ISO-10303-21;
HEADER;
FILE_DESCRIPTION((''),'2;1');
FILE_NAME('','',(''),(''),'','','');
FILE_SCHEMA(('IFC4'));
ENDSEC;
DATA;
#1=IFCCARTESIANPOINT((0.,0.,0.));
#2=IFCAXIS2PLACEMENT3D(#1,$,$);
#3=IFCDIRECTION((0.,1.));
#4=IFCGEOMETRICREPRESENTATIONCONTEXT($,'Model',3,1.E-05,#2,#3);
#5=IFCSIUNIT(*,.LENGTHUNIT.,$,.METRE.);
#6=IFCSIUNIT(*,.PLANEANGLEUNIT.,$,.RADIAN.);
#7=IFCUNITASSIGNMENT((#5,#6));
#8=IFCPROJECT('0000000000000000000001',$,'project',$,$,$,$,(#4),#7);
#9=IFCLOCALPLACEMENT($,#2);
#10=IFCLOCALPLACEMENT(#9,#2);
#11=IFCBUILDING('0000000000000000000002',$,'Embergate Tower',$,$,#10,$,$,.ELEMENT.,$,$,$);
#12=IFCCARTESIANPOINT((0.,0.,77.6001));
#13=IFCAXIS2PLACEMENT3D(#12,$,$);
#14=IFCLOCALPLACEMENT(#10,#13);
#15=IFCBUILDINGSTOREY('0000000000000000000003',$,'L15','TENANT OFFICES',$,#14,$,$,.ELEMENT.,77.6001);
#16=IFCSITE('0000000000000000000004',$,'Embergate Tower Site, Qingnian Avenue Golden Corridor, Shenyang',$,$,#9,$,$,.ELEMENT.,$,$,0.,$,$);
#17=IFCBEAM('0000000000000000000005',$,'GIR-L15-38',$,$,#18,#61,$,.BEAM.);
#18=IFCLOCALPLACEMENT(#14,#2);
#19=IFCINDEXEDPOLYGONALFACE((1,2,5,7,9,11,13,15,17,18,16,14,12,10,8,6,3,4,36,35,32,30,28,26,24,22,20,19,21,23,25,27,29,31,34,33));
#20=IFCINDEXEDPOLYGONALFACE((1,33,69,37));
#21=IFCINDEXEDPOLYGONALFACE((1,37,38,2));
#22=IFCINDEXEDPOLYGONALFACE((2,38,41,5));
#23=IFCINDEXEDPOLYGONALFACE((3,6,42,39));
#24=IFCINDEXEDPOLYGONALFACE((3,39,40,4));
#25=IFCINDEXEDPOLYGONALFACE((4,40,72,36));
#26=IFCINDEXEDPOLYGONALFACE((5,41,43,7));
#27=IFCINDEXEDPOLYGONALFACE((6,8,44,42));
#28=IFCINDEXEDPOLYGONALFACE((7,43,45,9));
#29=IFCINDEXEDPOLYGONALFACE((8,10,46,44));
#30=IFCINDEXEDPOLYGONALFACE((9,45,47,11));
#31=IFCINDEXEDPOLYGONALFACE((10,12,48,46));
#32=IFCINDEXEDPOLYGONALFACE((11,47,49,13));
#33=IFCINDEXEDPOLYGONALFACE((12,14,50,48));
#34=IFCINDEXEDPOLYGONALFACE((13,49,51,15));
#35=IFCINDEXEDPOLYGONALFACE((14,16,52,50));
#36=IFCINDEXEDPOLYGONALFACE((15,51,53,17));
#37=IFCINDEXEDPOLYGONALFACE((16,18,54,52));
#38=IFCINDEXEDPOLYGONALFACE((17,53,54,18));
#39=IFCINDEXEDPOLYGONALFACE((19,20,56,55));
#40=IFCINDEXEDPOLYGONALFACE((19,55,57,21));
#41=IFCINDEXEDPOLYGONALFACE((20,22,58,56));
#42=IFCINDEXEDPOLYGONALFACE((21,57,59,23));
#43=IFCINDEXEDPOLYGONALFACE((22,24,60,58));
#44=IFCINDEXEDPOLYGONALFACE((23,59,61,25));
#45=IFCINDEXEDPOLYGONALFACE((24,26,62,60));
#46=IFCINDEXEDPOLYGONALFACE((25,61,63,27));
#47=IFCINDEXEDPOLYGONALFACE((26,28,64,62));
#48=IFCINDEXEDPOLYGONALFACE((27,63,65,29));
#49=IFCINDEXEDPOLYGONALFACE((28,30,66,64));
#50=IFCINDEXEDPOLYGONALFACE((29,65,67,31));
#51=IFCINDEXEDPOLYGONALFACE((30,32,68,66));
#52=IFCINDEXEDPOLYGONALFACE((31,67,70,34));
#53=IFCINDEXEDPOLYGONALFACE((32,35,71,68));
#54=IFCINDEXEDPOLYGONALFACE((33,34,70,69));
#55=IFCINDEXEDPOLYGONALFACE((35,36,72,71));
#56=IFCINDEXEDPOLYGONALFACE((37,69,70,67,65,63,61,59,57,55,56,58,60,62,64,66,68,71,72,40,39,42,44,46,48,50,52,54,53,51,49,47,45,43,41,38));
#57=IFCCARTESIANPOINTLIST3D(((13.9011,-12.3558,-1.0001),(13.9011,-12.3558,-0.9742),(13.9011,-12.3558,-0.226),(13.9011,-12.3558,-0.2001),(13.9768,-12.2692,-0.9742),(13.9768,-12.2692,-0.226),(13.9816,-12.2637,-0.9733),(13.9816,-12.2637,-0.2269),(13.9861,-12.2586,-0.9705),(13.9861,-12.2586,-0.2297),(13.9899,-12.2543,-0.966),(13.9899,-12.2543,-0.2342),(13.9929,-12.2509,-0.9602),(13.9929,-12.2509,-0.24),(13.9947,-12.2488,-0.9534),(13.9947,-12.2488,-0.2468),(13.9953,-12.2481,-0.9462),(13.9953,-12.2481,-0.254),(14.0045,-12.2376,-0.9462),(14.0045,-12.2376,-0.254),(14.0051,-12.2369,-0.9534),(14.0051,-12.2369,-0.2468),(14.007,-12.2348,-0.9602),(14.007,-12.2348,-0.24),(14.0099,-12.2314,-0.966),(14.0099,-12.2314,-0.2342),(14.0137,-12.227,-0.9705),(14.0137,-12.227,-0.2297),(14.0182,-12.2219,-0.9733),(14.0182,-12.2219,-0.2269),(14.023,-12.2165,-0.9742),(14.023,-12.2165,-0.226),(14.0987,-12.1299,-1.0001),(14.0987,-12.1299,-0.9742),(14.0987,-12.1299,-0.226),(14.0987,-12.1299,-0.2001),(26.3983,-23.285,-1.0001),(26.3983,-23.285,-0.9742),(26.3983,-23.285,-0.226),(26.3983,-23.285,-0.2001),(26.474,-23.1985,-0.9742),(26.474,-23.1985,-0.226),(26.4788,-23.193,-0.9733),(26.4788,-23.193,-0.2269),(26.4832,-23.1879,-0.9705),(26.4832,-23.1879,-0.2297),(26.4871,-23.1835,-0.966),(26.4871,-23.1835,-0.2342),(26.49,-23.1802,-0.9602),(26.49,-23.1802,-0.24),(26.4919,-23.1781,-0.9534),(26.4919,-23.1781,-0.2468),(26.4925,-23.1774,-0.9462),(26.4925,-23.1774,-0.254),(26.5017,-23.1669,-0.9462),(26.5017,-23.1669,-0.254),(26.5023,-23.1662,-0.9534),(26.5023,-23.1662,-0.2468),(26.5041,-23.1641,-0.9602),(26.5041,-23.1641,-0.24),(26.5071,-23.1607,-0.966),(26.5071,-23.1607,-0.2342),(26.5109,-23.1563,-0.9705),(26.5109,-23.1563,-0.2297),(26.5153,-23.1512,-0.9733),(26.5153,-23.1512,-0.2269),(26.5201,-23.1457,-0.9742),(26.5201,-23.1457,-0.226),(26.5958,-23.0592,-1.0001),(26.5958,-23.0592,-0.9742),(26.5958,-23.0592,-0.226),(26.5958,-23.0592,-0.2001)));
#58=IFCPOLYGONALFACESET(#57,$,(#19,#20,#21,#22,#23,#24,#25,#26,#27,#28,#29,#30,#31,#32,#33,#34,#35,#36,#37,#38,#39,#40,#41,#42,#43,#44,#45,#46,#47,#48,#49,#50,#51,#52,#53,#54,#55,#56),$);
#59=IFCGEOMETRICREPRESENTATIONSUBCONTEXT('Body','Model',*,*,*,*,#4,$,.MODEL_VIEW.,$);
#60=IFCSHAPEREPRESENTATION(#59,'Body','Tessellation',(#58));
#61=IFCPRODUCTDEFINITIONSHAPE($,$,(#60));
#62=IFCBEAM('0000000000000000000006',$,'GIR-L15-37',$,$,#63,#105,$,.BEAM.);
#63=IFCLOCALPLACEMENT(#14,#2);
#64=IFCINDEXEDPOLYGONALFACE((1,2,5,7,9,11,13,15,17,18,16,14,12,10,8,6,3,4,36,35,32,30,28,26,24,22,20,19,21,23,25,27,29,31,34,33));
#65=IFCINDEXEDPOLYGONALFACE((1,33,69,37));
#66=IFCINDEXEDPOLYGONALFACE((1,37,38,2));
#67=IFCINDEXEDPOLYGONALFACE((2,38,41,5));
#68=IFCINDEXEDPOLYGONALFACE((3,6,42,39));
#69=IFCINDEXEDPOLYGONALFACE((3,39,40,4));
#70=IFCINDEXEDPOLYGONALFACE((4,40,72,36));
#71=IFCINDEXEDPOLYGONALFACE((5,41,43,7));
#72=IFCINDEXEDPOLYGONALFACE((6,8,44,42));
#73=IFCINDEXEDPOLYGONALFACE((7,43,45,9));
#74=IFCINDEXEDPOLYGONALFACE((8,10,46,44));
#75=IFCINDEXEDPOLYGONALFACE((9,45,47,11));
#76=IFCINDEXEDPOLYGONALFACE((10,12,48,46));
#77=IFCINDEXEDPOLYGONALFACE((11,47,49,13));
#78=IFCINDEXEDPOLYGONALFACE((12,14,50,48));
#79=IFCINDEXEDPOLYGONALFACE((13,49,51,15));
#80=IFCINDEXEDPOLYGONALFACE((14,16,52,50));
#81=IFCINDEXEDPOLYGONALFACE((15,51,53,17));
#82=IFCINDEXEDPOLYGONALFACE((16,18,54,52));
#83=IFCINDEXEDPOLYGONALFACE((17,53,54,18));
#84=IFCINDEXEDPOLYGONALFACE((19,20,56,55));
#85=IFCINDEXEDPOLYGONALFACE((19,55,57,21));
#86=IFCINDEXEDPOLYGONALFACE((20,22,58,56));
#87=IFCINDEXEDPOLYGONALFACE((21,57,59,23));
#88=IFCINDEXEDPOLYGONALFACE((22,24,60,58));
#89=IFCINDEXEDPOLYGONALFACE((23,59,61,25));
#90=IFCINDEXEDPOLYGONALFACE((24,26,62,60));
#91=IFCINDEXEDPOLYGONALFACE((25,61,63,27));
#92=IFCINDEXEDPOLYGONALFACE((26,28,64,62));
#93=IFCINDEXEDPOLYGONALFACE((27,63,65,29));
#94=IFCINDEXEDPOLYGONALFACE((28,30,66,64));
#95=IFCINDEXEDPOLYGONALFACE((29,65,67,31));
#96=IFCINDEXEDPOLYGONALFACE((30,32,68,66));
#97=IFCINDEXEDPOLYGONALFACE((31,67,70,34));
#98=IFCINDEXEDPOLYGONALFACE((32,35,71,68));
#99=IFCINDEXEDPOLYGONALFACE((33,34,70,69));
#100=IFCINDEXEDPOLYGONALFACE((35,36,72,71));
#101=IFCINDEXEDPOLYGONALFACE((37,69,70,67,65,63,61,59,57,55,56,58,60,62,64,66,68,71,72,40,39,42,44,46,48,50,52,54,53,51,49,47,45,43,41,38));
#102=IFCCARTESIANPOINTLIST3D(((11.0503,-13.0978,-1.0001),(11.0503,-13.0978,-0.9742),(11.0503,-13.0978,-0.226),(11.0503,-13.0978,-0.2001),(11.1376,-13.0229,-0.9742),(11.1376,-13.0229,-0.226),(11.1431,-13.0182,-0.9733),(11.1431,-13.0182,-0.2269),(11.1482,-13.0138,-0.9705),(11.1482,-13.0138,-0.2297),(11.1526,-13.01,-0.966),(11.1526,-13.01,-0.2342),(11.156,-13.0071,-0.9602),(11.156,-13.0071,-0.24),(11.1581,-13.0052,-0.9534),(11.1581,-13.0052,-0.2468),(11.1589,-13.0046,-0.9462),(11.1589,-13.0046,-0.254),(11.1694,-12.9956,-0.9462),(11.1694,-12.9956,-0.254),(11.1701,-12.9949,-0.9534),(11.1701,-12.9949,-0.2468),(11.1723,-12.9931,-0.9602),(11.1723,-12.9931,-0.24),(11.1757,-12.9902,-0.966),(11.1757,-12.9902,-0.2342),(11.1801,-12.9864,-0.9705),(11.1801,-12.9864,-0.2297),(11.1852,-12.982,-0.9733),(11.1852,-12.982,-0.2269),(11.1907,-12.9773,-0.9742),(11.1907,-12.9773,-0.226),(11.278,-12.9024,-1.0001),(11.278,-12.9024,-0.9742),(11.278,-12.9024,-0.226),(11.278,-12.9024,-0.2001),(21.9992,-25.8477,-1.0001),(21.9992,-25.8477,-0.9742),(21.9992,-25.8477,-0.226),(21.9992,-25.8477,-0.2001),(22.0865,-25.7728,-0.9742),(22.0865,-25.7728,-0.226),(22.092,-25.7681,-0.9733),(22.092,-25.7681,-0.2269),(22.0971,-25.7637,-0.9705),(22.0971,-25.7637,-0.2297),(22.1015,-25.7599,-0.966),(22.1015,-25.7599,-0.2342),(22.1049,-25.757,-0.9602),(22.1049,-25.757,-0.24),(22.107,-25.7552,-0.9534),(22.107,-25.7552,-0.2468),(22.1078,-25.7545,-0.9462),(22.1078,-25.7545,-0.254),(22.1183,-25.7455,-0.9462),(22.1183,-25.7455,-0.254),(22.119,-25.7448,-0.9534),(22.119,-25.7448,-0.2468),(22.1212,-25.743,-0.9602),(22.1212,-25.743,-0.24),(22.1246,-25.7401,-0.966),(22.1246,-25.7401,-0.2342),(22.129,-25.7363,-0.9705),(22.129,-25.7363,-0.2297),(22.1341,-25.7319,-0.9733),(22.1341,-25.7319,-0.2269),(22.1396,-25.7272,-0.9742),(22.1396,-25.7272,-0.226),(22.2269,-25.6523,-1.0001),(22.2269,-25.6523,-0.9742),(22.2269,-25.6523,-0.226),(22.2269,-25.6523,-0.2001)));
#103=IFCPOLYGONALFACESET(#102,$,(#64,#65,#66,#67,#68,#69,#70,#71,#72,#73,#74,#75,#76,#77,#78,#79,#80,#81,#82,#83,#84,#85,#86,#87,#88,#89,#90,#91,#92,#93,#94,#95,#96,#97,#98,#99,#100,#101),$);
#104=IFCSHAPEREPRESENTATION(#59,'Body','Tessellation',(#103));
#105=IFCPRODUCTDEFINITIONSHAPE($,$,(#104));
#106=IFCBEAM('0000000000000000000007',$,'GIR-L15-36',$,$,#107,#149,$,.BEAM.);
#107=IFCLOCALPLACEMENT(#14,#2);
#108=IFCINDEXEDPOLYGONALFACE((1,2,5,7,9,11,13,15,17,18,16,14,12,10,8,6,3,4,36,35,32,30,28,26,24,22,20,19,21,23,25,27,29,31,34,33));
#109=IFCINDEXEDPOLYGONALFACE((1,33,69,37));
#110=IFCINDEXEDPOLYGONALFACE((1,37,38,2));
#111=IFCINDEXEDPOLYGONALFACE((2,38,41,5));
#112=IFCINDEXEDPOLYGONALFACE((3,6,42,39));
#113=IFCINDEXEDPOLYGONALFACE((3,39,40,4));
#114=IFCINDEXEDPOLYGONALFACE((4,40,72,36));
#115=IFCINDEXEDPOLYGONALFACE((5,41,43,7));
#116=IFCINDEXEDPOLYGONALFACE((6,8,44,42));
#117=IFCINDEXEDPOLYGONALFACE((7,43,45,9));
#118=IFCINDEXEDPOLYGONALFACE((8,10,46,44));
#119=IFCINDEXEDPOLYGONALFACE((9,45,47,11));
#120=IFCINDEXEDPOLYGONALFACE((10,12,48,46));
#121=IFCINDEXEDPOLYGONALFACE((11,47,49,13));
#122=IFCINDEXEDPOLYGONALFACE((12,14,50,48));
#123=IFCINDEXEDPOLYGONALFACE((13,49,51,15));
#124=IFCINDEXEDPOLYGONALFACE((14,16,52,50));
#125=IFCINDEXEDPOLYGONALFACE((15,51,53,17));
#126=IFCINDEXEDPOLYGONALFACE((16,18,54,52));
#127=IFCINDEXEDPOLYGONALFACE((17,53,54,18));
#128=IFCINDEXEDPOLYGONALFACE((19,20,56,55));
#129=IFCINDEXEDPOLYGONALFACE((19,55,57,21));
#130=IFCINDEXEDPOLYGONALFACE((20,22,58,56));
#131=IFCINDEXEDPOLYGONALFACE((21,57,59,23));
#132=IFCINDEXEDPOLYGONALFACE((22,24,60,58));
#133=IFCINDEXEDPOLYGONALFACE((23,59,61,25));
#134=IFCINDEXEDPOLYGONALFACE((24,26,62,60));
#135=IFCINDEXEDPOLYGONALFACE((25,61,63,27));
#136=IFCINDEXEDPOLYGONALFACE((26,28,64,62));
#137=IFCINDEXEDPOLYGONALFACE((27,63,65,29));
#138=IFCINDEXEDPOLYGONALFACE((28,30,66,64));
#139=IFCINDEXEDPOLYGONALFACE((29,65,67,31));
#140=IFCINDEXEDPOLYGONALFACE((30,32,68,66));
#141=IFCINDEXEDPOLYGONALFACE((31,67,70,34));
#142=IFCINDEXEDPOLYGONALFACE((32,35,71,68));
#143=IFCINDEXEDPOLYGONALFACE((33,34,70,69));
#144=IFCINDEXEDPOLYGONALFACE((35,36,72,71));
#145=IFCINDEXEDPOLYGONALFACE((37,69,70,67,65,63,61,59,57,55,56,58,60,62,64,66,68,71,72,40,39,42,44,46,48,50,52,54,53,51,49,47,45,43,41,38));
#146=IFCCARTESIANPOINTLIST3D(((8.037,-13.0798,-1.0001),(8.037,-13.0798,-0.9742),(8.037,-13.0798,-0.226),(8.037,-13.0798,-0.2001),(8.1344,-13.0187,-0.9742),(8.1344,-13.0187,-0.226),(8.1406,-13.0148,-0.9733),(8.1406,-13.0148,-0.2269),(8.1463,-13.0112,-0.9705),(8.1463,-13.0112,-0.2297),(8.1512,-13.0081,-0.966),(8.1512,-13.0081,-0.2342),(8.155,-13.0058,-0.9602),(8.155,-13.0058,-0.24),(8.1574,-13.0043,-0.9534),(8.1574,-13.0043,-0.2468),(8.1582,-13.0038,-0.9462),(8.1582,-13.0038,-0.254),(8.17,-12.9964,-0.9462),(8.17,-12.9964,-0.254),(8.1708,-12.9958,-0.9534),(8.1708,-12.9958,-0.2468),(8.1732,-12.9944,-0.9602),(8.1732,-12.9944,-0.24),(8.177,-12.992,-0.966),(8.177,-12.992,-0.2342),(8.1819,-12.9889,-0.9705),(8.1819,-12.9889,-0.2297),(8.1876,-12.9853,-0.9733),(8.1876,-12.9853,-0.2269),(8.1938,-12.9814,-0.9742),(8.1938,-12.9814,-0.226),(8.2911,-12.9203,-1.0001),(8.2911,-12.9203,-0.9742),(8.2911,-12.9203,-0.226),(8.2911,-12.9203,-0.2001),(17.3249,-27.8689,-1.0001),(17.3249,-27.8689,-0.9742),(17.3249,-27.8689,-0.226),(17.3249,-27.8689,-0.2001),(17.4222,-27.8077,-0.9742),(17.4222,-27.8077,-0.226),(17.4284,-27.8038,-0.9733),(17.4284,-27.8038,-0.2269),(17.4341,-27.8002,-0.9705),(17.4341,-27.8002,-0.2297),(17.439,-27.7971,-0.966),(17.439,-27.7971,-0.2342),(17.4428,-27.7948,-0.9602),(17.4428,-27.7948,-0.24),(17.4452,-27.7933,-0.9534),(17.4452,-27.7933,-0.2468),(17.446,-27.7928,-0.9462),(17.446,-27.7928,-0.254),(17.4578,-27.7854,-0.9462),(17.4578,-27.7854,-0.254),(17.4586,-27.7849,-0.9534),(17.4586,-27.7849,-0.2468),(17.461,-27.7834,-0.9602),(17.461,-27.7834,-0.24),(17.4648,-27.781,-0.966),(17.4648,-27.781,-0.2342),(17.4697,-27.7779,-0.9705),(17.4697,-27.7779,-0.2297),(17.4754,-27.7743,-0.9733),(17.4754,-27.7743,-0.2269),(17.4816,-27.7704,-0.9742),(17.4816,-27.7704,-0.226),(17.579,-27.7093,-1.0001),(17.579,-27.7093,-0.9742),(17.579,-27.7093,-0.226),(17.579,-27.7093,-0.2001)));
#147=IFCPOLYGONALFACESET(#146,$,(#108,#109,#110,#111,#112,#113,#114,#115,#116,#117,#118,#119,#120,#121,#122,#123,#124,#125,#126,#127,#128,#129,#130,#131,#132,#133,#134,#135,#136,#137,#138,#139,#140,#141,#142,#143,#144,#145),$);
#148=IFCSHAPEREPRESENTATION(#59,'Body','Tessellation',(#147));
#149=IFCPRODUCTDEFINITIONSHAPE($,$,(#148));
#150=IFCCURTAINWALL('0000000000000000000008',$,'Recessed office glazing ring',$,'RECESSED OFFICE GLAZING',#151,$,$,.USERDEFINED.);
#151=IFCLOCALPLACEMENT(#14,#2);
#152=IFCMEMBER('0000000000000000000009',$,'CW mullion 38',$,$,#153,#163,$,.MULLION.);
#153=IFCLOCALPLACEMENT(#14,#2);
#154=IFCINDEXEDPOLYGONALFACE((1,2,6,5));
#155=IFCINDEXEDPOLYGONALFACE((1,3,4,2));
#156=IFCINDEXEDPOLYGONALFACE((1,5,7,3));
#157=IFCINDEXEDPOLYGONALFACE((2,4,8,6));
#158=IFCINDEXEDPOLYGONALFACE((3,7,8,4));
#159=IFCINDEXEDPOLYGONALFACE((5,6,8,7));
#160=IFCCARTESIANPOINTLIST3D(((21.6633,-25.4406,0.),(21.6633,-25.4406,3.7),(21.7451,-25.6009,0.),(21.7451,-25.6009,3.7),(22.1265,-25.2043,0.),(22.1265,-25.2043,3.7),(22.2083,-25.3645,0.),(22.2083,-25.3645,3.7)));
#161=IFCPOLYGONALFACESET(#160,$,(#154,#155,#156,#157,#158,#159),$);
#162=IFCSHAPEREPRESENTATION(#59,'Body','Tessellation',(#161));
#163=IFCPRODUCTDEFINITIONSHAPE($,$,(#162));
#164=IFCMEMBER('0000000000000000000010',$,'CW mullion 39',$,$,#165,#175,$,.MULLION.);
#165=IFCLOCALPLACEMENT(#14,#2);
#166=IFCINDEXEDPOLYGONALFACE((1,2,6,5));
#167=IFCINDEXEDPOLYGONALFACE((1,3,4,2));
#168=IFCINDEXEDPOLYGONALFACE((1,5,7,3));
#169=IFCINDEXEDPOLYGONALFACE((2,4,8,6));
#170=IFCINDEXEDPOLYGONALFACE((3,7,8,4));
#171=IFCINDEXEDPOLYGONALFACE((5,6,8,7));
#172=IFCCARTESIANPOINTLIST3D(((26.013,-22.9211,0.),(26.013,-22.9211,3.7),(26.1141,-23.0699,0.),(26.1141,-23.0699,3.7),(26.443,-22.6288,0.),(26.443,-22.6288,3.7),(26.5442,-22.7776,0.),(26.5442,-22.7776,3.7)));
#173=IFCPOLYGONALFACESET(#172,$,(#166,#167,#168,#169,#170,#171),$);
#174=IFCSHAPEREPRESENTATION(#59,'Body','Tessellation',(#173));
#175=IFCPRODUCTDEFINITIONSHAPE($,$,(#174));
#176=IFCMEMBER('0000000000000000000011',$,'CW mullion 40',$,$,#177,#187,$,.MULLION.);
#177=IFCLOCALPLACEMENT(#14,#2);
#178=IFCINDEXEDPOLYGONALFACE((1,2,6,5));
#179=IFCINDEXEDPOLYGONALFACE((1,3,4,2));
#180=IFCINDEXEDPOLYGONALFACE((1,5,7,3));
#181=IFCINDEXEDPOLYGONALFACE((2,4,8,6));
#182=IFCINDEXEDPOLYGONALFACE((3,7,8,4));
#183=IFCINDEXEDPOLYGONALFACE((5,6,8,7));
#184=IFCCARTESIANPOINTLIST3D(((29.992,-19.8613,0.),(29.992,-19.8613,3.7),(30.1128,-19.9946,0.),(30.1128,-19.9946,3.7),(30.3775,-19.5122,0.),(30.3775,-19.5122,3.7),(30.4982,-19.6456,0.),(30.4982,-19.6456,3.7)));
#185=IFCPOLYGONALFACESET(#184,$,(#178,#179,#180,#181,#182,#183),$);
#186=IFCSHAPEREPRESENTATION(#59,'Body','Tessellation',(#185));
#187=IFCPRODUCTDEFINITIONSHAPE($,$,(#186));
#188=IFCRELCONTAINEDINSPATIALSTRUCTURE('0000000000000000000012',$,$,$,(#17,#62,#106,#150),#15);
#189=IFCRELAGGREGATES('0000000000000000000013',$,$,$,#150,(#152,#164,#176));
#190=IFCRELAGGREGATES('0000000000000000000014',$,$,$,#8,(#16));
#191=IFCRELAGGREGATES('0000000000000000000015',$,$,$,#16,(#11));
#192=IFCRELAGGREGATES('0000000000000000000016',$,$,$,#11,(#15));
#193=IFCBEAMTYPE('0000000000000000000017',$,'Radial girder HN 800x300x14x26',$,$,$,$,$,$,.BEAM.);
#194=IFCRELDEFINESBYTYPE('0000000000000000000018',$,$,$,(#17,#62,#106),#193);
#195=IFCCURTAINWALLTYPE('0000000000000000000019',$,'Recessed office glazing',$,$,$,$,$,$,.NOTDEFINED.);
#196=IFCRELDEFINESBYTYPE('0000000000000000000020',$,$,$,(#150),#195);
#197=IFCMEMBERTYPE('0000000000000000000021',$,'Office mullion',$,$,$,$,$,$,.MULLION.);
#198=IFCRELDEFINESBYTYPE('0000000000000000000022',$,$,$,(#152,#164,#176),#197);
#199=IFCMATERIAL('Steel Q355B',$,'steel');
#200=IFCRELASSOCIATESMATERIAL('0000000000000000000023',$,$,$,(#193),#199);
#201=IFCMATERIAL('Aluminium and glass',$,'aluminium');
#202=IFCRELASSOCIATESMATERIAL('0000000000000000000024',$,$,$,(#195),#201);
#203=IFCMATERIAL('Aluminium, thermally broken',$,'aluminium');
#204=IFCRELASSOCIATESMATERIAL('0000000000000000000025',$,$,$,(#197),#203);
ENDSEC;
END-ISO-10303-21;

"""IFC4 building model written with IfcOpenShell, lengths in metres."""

from ifc_helpers import new_model, si_unit, direction, frame, origin, origin_2d, place, context, subcontext, project, spatial, rectangle, i_section, extrude, source, transform, mapped, material, material_profile, profile_set, type_object, element, aggregate, save


model = new_model("IFC4")

# Units and contexts
model_context = context("Model", 3, precision=1e-05, world=origin(), true_north=direction((0.0, 1.0)))
body_context = subcontext(model_context, "Body", "Model", "MODEL_VIEW")
ifc_project = project(units=[si_unit("LENGTHUNIT", "METRE"), si_unit("PLANEANGLEUNIT", "RADIAN")], contexts=[model_context])

# Site, building, storey
site_placement = place(None, origin())
site = spatial("IfcSite", under=ifc_project, at=site_placement, Name="Embergate Tower Site, Qingnian Avenue Golden Corridor, Shenyang", CompositionType="ELEMENT", RefElevation=0.0)
building_placement = place(site_placement, origin())
building = spatial("IfcBuilding", under=site, at=building_placement, Name="Embergate Tower", CompositionType="ELEMENT")
storey_placement = place(building_placement, frame((0.0, 0.0, 77.6001)))
storey = spatial("IfcBuildingStorey", under=building, at=storey_placement, Name="L15", Description="TENANT OFFICES", CompositionType="ELEMENT", Elevation=77.6001)

# Beams
ifc_material_1 = material(Name="Steel Q355B", Category="steel")
ifc_material_profile_1 = material_profile(ifc_material_1, i_section(OverallWidth=0.3, OverallDepth=0.8, WebThickness=0.0139, FlangeThickness=0.0259, FilletRadius=0.0281, at=origin_2d()), Name="HN 800x300x14x26")
ifc_profile_set_1 = profile_set([ifc_material_profile_1], Name="Steel Q355 grade B")
beam_type_1 = type_object("IfcBeamType", Name="Radial girder HN 800x300x14x26", PredefinedType="BEAM", material=ifc_profile_set_1)
shared_shape_1 = source(origin(), body_context, "Body", "SweptSolid", [
    extrude(i_section(OverallWidth=0.3, OverallDepth=0.8, WebThickness=0.0139, FlangeThickness=0.0259, FilletRadius=0.0281, at=origin_2d()), origin(), (0.0, 0.0, 1.0), 16.6021),
])
beam_1_placement = place(storey_placement, frame((26.4971, -23.1721, -0.6001), z_axis=(-0.752748, 0.658309, 0.0), x_axis=(-0.658309, -0.752748, 0.0)))
element("IfcBeam", 1, at=beam_1_placement, inside=storey, type_object=beam_type_1, Name="GIR-L15-38", PredefinedType="BEAM", context=body_context, shape_type="MappedRepresentation", body=[
    mapped(shared_shape_1, transform((0.0, 0.0, 0.0))),
])
shared_shape_2 = source(origin(), body_context, "Body", "SweptSolid", [
    extrude(i_section(OverallWidth=0.3, OverallDepth=0.8, WebThickness=0.0139, FlangeThickness=0.0259, FilletRadius=0.0281, at=origin_2d()), origin(), (0.0, 0.0, 1.0), 16.8059),
])
beam_2_placement = place(storey_placement, frame((22.113, -25.75, -0.6001), z_axis=(-0.651491, 0.758656, 0.0), x_axis=(-0.758656, -0.651491, 0.0)))
element("IfcBeam", 2, at=beam_2_placement, inside=storey, type_object=beam_type_1, Name="GIR-L15-37", PredefinedType="BEAM", context=body_context, shape_type="MappedRepresentation", body=[
    mapped(shared_shape_2, transform((0.0, 0.0, 0.0))),
])
shared_shape_3 = source(origin(), body_context, "Body", "SweptSolid", [
    extrude(i_section(OverallWidth=0.3, OverallDepth=0.8, WebThickness=0.0139, FlangeThickness=0.0259, FilletRadius=0.0281, at=origin_2d()), origin(), (0.0, 0.0, 1.0), 17.4636),
])
beam_3_placement = place(storey_placement, frame((17.4519, -27.7891, -0.6001), z_axis=(-0.531837, 0.846847, 0.0), x_axis=(-0.846847, -0.531837, 0.0)))
element("IfcBeam", 3, at=beam_3_placement, inside=storey, type_object=beam_type_1, Name="GIR-L15-36", PredefinedType="BEAM", context=body_context, shape_type="MappedRepresentation", body=[
    mapped(shared_shape_3, transform((0.0, 0.0, 0.0))),
])

# Curtain wall, members
ifc_material_2 = material(Name="Aluminium and glass", Category="aluminium")
curtain_wall_type = type_object("IfcCurtainWallType", Name="Recessed office glazing", PredefinedType="NOTDEFINED", material=ifc_material_2)
curtain_wall_placement = place(storey_placement, origin())
curtain_wall = element("IfcCurtainWall", 4, at=curtain_wall_placement, inside=storey, type_object=curtain_wall_type, Name="Recessed office glazing ring", ObjectType="RECESSED OFFICE GLAZING", PredefinedType="USERDEFINED")
ifc_material_3 = material(Name="Aluminium, thermally broken", Category="aluminium")
ifc_material_profile_2 = material_profile(ifc_material_3, rectangle(XDim=0.1799, YDim=0.52, at=origin_2d()), Name="AL 520x180")
ifc_profile_set_2 = profile_set([ifc_material_profile_2], Name="Aluminium, thermally broken")
member_type_1 = type_object("IfcMemberType", Name="Office mullion", PredefinedType="MULLION", material=ifc_profile_set_2)
shared_shape_4 = source(origin(), body_context, "Body", "SweptSolid", [
    extrude(rectangle(XDim=0.1799, YDim=0.52, at=origin_2d()), origin(), (0.0, 0.0, 1.0), 3.7),
])
member_1_placement = place(storey_placement, frame((21.9358, -25.4026, 0.0), z_axis=(0.0, 0.0, 1.0), x_axis=(-0.454516, 0.890739, 0.0)))
member_1 = element("IfcMember", 5, at=member_1_placement, type_object=member_type_1, Name="CW mullion 38", PredefinedType="MULLION", context=body_context, shape_type="MappedRepresentation", body=[
    mapped(shared_shape_4, transform((0.0, 0.0, 0.0))),
])
member_2_placement = place(storey_placement, frame((26.2786, -22.8494, 0.0), z_axis=(0.0, 0.0, 1.0), x_axis=(-0.562223, 0.826985, 0.0)))
member_2 = element("IfcMember", 6, at=member_2_placement, type_object=member_type_1, Name="CW mullion 39", PredefinedType="MULLION", context=body_context, shape_type="MappedRepresentation", body=[
    mapped(shared_shape_4, transform((0.0, 0.0, 0.0))),
])
member_3_placement = place(storey_placement, frame((30.2451, -19.7534, 0.0), z_axis=(0.0, 0.0, 1.0), x_axis=(-0.671234, 0.741245, 0.0)))
member_3 = element("IfcMember", 7, at=member_3_placement, type_object=member_type_1, Name="CW mullion 40", PredefinedType="MULLION", context=body_context, shape_type="MappedRepresentation", body=[
    mapped(shared_shape_4, transform((0.0, 0.0, 0.0))),
])
aggregate(curtain_wall, [member_1, member_2, member_3])

save(model, "model.ifc")
